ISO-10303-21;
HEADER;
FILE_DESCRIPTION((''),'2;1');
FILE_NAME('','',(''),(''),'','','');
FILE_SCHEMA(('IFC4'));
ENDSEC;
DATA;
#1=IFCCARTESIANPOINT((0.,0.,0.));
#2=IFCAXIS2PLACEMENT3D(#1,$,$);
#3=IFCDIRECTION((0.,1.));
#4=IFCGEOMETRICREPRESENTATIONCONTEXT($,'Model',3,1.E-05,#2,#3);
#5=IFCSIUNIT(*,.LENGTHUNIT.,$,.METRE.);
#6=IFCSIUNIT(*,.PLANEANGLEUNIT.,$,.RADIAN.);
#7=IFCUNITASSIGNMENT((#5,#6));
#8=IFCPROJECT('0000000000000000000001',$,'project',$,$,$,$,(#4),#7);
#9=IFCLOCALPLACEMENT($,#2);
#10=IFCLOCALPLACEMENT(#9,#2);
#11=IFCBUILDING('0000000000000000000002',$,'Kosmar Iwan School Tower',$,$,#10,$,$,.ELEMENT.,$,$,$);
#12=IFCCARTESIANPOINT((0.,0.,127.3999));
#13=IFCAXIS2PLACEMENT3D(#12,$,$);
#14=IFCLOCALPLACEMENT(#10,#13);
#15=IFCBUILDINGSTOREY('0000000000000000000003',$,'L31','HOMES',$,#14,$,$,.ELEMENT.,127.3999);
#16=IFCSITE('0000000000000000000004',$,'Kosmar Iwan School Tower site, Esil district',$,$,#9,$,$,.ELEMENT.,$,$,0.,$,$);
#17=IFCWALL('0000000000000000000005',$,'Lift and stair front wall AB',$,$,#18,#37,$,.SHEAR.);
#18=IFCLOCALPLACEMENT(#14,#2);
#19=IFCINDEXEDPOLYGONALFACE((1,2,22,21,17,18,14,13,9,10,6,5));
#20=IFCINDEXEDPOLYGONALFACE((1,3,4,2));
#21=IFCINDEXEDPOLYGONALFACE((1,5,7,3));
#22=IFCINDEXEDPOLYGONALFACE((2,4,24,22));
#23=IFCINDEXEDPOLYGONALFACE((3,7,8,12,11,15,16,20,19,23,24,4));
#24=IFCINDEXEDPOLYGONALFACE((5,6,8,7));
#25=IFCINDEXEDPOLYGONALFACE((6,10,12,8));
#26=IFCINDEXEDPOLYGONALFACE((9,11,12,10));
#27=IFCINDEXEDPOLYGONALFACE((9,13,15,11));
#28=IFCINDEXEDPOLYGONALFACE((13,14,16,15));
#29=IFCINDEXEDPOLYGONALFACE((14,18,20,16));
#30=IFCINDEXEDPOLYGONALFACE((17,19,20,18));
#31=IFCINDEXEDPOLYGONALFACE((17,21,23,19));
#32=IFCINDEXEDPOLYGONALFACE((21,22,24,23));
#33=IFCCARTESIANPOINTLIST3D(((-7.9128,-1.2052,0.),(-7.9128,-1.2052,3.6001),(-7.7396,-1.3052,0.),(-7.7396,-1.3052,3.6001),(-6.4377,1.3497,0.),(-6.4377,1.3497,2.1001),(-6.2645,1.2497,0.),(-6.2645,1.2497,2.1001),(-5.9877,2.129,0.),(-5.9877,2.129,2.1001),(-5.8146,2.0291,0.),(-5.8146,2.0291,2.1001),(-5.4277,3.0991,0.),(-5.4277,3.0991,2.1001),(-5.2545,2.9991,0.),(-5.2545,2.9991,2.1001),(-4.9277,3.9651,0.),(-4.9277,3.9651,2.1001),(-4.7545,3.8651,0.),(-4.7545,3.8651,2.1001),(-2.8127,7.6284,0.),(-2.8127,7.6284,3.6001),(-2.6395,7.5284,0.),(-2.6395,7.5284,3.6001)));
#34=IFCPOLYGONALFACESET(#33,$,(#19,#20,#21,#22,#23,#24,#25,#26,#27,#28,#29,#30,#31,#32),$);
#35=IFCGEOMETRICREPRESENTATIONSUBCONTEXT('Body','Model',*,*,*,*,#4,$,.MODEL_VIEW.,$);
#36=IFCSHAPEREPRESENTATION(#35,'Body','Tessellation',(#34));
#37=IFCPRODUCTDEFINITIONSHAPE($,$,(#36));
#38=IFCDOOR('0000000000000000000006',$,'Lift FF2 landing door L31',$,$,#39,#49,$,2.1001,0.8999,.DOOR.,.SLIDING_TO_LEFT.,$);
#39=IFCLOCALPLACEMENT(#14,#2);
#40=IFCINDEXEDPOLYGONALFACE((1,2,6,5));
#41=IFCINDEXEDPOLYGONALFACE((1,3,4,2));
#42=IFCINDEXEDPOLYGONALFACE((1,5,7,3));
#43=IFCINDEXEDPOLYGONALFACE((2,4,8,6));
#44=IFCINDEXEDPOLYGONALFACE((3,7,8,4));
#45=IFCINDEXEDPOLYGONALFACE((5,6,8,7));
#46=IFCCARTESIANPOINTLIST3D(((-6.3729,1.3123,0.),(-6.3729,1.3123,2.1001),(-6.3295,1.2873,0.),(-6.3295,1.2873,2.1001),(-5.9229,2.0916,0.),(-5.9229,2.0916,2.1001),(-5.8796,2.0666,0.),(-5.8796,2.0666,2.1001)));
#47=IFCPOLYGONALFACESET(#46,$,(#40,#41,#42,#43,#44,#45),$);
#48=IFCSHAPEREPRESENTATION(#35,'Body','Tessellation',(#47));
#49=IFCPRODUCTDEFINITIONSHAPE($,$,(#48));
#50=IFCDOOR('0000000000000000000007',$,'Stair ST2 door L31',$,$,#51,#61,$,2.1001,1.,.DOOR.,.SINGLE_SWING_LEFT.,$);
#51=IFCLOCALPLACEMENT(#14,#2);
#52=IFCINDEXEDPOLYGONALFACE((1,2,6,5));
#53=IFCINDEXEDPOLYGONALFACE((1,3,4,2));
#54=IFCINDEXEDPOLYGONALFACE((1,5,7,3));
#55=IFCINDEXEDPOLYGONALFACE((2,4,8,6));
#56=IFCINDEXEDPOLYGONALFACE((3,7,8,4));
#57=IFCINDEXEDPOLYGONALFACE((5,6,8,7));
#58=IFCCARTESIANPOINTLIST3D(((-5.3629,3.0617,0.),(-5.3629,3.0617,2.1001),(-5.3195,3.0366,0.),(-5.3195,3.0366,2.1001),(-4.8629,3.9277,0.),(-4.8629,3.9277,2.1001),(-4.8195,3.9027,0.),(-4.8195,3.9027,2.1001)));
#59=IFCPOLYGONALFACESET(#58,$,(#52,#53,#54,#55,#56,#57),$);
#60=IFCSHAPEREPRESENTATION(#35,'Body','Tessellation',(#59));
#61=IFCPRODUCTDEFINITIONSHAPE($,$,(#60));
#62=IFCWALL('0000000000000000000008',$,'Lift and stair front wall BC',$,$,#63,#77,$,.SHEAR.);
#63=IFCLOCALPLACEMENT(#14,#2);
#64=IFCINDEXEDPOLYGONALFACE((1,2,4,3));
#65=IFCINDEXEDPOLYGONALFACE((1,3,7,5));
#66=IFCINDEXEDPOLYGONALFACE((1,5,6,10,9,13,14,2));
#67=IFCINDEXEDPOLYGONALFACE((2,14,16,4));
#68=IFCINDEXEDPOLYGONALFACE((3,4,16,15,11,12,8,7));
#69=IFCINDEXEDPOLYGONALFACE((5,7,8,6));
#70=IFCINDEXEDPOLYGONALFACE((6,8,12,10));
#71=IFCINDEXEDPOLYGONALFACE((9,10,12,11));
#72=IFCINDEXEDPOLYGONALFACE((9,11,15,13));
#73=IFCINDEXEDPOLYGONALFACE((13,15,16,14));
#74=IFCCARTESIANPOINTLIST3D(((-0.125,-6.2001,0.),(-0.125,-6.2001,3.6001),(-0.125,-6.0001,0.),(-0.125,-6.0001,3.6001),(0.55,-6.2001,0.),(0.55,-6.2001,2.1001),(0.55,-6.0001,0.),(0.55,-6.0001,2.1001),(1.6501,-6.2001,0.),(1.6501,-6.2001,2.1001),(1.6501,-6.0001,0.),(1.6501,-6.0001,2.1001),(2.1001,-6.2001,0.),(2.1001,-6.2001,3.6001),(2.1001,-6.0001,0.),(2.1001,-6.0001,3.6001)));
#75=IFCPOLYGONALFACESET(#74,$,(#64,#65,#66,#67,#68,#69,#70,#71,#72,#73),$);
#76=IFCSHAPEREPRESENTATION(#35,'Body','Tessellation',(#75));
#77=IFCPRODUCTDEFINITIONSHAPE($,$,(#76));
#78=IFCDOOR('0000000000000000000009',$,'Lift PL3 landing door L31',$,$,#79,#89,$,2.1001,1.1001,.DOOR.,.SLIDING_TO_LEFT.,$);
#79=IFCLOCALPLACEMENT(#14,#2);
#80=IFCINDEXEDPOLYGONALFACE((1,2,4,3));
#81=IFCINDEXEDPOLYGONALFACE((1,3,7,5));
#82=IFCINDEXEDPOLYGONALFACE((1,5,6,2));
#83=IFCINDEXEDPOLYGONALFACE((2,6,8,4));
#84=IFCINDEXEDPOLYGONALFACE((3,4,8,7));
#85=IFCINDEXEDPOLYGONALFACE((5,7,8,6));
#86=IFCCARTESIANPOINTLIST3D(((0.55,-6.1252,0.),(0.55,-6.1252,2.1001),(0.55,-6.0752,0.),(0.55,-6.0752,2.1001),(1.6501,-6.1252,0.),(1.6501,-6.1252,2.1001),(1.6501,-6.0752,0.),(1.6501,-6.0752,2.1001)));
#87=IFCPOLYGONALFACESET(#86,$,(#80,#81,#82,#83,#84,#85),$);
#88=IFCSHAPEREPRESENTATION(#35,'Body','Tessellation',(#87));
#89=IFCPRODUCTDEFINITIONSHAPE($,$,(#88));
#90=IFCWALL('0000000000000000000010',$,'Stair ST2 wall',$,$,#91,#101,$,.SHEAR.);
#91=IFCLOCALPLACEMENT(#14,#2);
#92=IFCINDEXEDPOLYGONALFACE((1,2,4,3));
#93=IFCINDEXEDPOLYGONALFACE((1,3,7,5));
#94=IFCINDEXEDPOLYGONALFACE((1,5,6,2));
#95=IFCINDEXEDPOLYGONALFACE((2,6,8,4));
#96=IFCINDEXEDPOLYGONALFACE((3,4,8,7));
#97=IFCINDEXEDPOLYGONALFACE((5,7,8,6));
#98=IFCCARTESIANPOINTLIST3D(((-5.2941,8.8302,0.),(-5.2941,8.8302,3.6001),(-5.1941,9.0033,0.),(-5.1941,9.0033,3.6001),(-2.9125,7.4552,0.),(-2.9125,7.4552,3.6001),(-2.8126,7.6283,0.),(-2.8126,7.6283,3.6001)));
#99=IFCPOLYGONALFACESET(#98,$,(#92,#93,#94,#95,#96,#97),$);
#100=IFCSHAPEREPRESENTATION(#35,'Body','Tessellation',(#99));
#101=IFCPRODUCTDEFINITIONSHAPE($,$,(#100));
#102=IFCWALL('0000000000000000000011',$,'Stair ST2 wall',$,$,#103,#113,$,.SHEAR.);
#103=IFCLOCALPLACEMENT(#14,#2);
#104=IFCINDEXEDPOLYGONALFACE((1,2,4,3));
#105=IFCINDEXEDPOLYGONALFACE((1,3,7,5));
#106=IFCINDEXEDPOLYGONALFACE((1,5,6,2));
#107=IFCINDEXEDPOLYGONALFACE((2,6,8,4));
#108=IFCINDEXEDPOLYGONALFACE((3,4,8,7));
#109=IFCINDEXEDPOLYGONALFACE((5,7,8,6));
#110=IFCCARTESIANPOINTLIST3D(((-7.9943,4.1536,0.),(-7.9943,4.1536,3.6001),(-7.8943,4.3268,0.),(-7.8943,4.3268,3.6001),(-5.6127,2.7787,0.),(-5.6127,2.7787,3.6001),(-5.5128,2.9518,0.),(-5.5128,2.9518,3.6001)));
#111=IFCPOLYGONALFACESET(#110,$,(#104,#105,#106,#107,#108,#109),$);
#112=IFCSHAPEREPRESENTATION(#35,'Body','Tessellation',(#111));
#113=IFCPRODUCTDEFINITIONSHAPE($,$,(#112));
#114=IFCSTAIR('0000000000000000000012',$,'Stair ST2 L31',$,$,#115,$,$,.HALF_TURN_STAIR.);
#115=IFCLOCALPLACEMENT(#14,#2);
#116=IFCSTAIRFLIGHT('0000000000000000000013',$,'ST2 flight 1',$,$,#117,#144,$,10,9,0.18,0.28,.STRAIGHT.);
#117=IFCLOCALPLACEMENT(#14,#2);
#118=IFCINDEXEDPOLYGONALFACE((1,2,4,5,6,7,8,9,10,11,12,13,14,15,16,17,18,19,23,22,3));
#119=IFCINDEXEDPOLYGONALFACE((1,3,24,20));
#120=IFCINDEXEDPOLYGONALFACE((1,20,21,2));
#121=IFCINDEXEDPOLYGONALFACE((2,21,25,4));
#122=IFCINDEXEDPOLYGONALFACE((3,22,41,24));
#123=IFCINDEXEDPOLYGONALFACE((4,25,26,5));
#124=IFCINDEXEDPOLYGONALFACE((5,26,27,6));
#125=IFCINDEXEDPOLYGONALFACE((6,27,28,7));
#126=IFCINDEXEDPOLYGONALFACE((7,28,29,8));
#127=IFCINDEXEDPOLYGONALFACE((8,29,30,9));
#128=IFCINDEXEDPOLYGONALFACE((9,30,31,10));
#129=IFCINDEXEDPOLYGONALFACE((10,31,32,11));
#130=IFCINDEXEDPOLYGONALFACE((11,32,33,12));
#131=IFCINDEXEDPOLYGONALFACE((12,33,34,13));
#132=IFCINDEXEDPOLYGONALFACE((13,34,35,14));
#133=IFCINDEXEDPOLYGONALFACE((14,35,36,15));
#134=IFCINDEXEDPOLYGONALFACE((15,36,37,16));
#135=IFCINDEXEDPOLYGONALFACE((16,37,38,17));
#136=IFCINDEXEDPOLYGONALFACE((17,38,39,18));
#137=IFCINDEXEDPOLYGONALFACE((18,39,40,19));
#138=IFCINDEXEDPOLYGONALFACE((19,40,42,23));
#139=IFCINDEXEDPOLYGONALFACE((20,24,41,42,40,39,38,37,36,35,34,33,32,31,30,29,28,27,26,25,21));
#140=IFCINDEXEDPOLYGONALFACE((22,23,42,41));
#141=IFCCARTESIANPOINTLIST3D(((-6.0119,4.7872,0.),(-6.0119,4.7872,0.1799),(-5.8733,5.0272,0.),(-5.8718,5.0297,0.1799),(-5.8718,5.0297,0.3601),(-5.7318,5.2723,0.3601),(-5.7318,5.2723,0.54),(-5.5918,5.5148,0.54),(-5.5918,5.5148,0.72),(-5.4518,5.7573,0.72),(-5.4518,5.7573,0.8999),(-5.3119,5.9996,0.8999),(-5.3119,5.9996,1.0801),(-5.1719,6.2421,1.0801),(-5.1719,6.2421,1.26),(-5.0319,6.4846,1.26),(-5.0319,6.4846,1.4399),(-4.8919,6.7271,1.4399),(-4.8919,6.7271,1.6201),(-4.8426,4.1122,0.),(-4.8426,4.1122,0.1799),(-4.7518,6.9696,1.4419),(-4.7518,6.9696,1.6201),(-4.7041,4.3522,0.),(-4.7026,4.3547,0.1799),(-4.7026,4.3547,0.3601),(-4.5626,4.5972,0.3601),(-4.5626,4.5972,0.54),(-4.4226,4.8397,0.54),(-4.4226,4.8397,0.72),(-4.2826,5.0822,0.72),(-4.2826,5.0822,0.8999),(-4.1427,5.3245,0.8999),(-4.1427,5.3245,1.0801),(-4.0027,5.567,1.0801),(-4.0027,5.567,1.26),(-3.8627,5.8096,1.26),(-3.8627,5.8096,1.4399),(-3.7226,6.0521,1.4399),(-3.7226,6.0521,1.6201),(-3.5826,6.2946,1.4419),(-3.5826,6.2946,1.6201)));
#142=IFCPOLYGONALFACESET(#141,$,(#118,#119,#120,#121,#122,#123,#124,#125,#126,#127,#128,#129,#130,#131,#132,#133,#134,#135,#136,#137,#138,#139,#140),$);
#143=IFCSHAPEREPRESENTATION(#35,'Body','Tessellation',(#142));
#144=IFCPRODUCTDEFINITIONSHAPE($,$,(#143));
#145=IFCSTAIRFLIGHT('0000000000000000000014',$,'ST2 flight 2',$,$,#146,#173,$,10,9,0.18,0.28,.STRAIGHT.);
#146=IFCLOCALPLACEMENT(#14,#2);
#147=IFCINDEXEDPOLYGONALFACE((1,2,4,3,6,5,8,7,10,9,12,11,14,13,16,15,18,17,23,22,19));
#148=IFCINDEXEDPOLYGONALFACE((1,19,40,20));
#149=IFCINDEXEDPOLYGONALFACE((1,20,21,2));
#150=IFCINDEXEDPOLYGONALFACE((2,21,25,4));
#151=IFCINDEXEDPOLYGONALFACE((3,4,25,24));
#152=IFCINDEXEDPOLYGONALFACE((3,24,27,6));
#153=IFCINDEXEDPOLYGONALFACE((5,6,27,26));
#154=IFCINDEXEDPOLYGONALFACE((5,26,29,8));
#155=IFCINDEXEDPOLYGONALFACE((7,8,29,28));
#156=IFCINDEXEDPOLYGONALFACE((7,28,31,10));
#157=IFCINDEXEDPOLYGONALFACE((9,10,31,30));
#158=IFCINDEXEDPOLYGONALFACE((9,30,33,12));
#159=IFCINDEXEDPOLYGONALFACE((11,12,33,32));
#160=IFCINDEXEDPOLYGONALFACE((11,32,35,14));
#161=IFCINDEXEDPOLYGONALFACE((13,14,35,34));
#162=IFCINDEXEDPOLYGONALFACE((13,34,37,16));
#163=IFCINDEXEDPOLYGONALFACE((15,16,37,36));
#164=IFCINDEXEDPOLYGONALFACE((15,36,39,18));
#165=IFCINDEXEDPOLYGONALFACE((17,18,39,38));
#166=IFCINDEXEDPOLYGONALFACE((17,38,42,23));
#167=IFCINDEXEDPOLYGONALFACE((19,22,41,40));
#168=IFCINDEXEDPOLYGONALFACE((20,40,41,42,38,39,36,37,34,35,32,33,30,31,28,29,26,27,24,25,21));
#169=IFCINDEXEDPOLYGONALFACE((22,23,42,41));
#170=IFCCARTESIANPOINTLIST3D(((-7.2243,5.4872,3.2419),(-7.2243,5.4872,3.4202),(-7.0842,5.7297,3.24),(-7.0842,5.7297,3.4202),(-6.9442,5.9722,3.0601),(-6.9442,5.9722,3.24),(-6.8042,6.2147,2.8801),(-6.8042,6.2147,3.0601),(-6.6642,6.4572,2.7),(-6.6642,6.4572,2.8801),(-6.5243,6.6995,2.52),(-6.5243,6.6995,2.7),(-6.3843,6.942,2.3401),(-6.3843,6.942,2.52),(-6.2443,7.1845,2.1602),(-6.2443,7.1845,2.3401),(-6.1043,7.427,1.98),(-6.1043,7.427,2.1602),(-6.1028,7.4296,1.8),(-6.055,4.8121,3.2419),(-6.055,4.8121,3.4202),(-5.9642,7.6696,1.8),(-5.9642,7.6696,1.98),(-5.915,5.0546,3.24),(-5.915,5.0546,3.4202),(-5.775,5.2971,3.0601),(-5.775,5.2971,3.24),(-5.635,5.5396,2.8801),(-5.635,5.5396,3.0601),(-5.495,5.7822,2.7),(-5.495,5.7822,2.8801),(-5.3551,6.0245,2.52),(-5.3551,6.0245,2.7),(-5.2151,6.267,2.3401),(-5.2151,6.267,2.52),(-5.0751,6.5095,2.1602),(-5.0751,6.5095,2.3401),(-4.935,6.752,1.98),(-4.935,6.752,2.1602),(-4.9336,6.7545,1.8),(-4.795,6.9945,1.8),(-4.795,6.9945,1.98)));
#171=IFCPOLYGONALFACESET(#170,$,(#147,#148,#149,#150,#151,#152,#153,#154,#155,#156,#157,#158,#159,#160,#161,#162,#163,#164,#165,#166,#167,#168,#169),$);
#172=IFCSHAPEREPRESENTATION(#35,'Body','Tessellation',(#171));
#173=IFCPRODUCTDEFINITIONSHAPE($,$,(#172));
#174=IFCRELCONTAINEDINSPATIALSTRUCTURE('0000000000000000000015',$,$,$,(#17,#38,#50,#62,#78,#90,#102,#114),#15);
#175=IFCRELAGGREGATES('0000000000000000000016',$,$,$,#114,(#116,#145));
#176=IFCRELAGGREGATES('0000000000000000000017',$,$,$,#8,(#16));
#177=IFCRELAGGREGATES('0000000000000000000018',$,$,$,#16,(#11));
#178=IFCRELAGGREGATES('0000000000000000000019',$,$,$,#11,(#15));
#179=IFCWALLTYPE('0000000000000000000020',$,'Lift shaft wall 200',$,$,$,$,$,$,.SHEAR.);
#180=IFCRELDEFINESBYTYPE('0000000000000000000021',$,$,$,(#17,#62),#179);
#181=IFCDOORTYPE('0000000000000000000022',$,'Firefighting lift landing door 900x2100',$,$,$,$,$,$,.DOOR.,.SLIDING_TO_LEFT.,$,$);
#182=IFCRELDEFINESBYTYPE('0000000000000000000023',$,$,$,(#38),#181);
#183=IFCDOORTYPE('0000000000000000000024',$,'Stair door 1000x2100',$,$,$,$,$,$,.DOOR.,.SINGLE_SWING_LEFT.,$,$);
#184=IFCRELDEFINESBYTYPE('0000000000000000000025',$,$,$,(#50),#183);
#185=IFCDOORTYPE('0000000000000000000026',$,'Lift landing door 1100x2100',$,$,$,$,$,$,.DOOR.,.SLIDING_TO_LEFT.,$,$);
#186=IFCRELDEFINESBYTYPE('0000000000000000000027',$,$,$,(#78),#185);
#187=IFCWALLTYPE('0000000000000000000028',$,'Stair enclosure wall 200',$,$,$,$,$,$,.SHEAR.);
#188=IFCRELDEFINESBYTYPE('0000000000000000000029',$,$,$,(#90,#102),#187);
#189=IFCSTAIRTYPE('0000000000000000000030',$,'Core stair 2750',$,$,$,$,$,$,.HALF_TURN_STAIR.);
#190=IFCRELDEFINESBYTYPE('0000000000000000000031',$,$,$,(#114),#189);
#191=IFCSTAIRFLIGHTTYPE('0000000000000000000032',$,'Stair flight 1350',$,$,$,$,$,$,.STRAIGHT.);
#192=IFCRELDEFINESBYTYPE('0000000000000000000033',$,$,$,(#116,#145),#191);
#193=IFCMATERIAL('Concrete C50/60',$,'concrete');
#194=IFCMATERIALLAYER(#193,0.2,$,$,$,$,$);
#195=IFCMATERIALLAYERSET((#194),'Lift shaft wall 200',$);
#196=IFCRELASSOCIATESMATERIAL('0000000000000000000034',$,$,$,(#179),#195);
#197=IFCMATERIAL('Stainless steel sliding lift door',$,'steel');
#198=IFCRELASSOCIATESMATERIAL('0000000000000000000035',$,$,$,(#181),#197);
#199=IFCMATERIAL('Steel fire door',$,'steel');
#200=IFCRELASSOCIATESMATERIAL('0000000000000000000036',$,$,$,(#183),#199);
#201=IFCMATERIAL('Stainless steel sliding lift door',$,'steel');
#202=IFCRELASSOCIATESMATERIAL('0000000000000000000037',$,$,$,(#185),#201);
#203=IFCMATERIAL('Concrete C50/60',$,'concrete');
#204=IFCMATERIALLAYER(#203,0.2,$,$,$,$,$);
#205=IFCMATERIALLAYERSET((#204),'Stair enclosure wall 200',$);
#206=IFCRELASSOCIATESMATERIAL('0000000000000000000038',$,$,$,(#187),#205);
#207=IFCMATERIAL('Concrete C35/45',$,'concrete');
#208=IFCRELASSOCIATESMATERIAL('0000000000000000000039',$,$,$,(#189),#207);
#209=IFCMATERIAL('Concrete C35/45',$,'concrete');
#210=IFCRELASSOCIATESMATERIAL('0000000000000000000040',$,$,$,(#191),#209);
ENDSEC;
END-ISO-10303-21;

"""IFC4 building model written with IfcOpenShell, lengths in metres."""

from ifc_helpers import new_model, si_unit, direction, frame, frame_2d, origin, place, context, subcontext, project, spatial, polyline, rectangle, outline, extrude, material, layer, layer_set, type_object, element, fill, aggregate, save


model = new_model("IFC4")

# Units and contexts
model_context = context("Model", 3, precision=1e-05, world=origin(), true_north=direction((0.0, 1.0)))
body_context = subcontext(model_context, "Body", "Model", "MODEL_VIEW")
ifc_project = project(units=[si_unit("LENGTHUNIT", "METRE"), si_unit("PLANEANGLEUNIT", "RADIAN")], contexts=[model_context])

# Site, building, storey
site_placement = place(None, origin())
site = spatial("IfcSite", under=ifc_project, at=site_placement, Name="Kosmar Iwan School Tower site, Esil district", CompositionType="ELEMENT", RefElevation=0.0)
building_placement = place(site_placement, origin())
building = spatial("IfcBuilding", under=site, at=building_placement, Name="Kosmar Iwan School Tower", CompositionType="ELEMENT")
storey_placement = place(building_placement, frame((0.0, 0.0, 127.3999)))
storey = spatial("IfcBuildingStorey", under=building, at=storey_placement, Name="L31", Description="HOMES", CompositionType="ELEMENT", Elevation=127.3999)

# Wall, openings, doors
ifc_material_1 = material(Name="Concrete C50/60", Category="concrete")
ifc_layer_1 = layer(ifc_material_1, 0.2)
ifc_layer_set_1 = layer_set([ifc_layer_1], Name="Lift shaft wall 200")
wall_type_1 = type_object("IfcWallType", Name="Lift shaft wall 200", PredefinedType="SHEAR", material=ifc_layer_set_1)
wall_1_placement = place(storey_placement, frame((-2.7261, 7.5784, 0.0), z_axis=(0.0, 0.0, 1.0), x_axis=(-0.500006, -0.866022, 0.0)))
wall_1 = element("IfcWall", 1, at=wall_1_placement, inside=storey, type_object=wall_type_1, Name="Lift and stair front wall AB", PredefinedType="SHEAR", context=body_context, shape_type="SweptSolid", body=[
    extrude(rectangle(XDim=10.2002, YDim=0.2, at=frame_2d((5.1001, 0.0))), origin(), (0.0, 0.0, 1.0), 3.6001),
])
opening_1_placement = place(wall_1_placement, frame((6.3501, 0.0, 0.0)))
opening_1 = element("IfcOpeningElement", 2, at=opening_1_placement, cuts=wall_1, PredefinedType="OPENING", context=body_context, shape_type="SweptSolid", body=[
    extrude(rectangle(XDim=0.8999, YDim=2.1001, at=frame_2d((0.45, 1.05))), frame((0.0, 0.1121, 0.0), z_axis=(0.0, -1.0, 0.0), x_axis=(1.0, 0.0, 0.0)), (0.0, 0.0, 1.0), 0.2239),
])
opening_2_placement = place(wall_1_placement, frame((4.23, 0.0, 0.0)))
opening_2 = element("IfcOpeningElement", 3, at=opening_2_placement, cuts=wall_1, PredefinedType="OPENING", context=body_context, shape_type="SweptSolid", body=[
    extrude(rectangle(XDim=1.0, YDim=2.1001, at=frame_2d((0.5, 1.05))), frame((0.0, 0.1121, 0.0), z_axis=(0.0, -1.0, 0.0), x_axis=(1.0, 0.0, 0.0)), (0.0, 0.0, 1.0), 0.2239),
])
ifc_material_2 = material(Name="Stainless steel sliding lift door", Category="steel")
door_type_1 = type_object("IfcDoorType", Name="Firefighting lift landing door 900x2100", OperationType="SLIDING_TO_LEFT", PredefinedType="DOOR", material=ifc_material_2)
door_1_placement = place(opening_1_placement, origin())
door_1 = element("IfcDoor", 4, at=door_1_placement, inside=storey, type_object=door_type_1, Name="Lift FF2 landing door L31", OperationType="SLIDING_TO_LEFT", OverallHeight=2.1001, OverallWidth=0.8999, PredefinedType="DOOR", context=body_context, shape_type="SweptSolid", body=[
    extrude(rectangle(XDim=0.8999, YDim=2.1001, at=frame_2d((0.45, 1.05))), frame((0.0, 0.0249, 0.0), z_axis=(0.0, -1.0, 0.0), x_axis=(1.0, 0.0, 0.0)), (0.0, 0.0, 1.0), 0.05),
])
fill(opening_1, door_1)
ifc_material_3 = material(Name="Steel fire door", Category="steel")
door_type_2 = type_object("IfcDoorType", Name="Stair door 1000x2100", OperationType="SINGLE_SWING_LEFT", PredefinedType="DOOR", material=ifc_material_3)
door_2_placement = place(opening_2_placement, origin())
door_2 = element("IfcDoor", 5, at=door_2_placement, inside=storey, type_object=door_type_2, Name="Stair ST2 door L31", OperationType="SINGLE_SWING_LEFT", OverallHeight=2.1001, OverallWidth=1.0, PredefinedType="DOOR", context=body_context, shape_type="SweptSolid", body=[
    extrude(rectangle(XDim=1.0, YDim=2.1001, at=frame_2d((0.5, 1.05))), frame((0.0, 0.0249, 0.0), z_axis=(0.0, -1.0, 0.0), x_axis=(1.0, 0.0, 0.0)), (0.0, 0.0, 1.0), 0.05),
])
fill(opening_2, door_2)

# Wall, opening, door
wall_2_placement = place(storey_placement, frame((-0.125, -6.1001, 0.0), z_axis=(0.0, 0.0, 1.0), x_axis=(1.0, 0.0, 0.0)))
wall_2 = element("IfcWall", 6, at=wall_2_placement, inside=storey, type_object=wall_type_1, Name="Lift and stair front wall BC", PredefinedType="SHEAR", context=body_context, shape_type="SweptSolid", body=[
    extrude(rectangle(XDim=2.2251, YDim=0.2, at=frame_2d((1.1125, 0.0))), origin(), (0.0, 0.0, 1.0), 3.6001),
])
opening_3_placement = place(wall_2_placement, frame((0.675, 0.0, 0.0)))
opening_3 = element("IfcOpeningElement", 7, at=opening_3_placement, cuts=wall_2, PredefinedType="OPENING", context=body_context, shape_type="SweptSolid", body=[
    extrude(rectangle(XDim=1.1001, YDim=2.1001, at=frame_2d((0.55, 1.05))), frame((0.0, 0.1121, 0.0), z_axis=(0.0, -1.0, 0.0), x_axis=(1.0, 0.0, 0.0)), (0.0, 0.0, 1.0), 0.2239),
])
ifc_material_4 = material(Name="Stainless steel sliding lift door", Category="steel")
door_type_3 = type_object("IfcDoorType", Name="Lift landing door 1100x2100", OperationType="SLIDING_TO_LEFT", PredefinedType="DOOR", material=ifc_material_4)
door_3_placement = place(opening_3_placement, origin())
door_3 = element("IfcDoor", 8, at=door_3_placement, inside=storey, type_object=door_type_3, Name="Lift PL3 landing door L31", OperationType="SLIDING_TO_LEFT", OverallHeight=2.1001, OverallWidth=1.1001, PredefinedType="DOOR", context=body_context, shape_type="SweptSolid", body=[
    extrude(rectangle(XDim=1.1001, YDim=2.1001, at=frame_2d((0.55, 1.05))), frame((0.0, 0.0249, 0.0), z_axis=(0.0, -1.0, 0.0), x_axis=(1.0, 0.0, 0.0)), (0.0, 0.0, 1.0), 0.05),
])
fill(opening_3, door_3)

# Walls
ifc_material_5 = material(Name="Concrete C50/60", Category="concrete")
ifc_layer_2 = layer(ifc_material_5, 0.2)
ifc_layer_set_2 = layer_set([ifc_layer_2], Name="Stair enclosure wall 200")
wall_type_2 = type_object("IfcWallType", Name="Stair enclosure wall 200", PredefinedType="SHEAR", material=ifc_layer_set_2)
for number, where, z_axis, x_axis, name in (
    (9, (-2.8625, 7.5417, 0.0), (0.0, 0.0, 1.0), (-0.866027, 0.499997, 0.0), "Stair ST2 wall"),
    (10, (-5.5627, 2.8652, 0.0), (0.0, 0.0, 1.0), (-0.866027, 0.499997, 0.0), "Stair ST2 wall"),
):
    element("IfcWall", number, at=place(storey_placement, frame(where, z_axis=z_axis, x_axis=x_axis)), inside=storey, type_object=wall_type_2, Name=name, PredefinedType="SHEAR", context=body_context, shape_type="SweptSolid", body=[
        extrude(rectangle(XDim=2.75, YDim=0.2, at=frame_2d((1.375, 0.0))), origin(), (0.0, 0.0, 1.0), 3.6001),
    ])

# Stair, stair flights
ifc_material_6 = material(Name="Concrete C35/45", Category="concrete")
stair_type = type_object("IfcStairType", Name="Core stair 2750", PredefinedType="HALF_TURN_STAIR", material=ifc_material_6)
stair_placement = place(storey_placement, origin())
stair = element("IfcStair", 11, at=stair_placement, inside=storey, type_object=stair_type, Name="Stair ST2 L31", PredefinedType="HALF_TURN_STAIR")
ifc_material_7 = material(Name="Concrete C35/45", Category="concrete")
stair_flight_type = type_object("IfcStairFlightType", Name="Stair flight 1350", PredefinedType="STRAIGHT", material=ifc_material_7)
stair_flight_1_placement = place(storey_placement, frame((-5.4272, 4.4497, 0.0), z_axis=(0.0, 0.0, 1.0), x_axis=(0.5, 0.866025, 0.0)))
stair_flight_1 = element("IfcStairFlight", 12, at=stair_flight_1_placement, type_object=stair_flight_type, Name="ST2 flight 1", NumberOfRisers=10, NumberOfTreads=9, PredefinedType="STRAIGHT", RiserHeight=0.18, TreadLength=0.28, context=body_context, shape_type="SweptSolid", body=[
    extrude(outline(polyline([(0.0, 0.0), (0.0, 0.1799), (0.28, 0.1799), (0.28, 0.3601), (0.5601, 0.3601), (0.5601, 0.54), (0.8401, 0.54), (0.8401, 0.72), (1.1201, 0.72), (1.1201, 0.8999), (1.3999, 0.8999), (1.3999, 1.0801), (1.6799, 1.0801), (1.6799, 1.26), (1.96, 1.26), (1.96, 1.4399), (2.24, 1.4399), (2.24, 1.6201), (2.52, 1.6201), (2.52, 1.8), (2.52, 1.4419), (0.2771, 0.0), (0.0, 0.0)])), frame((0.0, 0.675, 0.0), z_axis=(0.0, -1.0, 0.0), x_axis=(1.0, 0.0, 0.0)), (0.0, 0.0, 1.0), 1.3501),
])
stair_flight_2_placement = place(storey_placement, frame((-5.3796, 7.332, 1.8), z_axis=(0.0, 0.0, 1.0), x_axis=(-0.5, -0.866025, 0.0)))
stair_flight_2 = element("IfcStairFlight", 13, at=stair_flight_2_placement, type_object=stair_flight_type, Name="ST2 flight 2", NumberOfRisers=10, NumberOfTreads=9, PredefinedType="STRAIGHT", RiserHeight=0.18, TreadLength=0.28, context=body_context, shape_type="SweptSolid", body=[
    extrude(outline(polyline([(0.0, 0.0), (0.0, 0.1799), (0.28, 0.1799), (0.28, 0.3601), (0.5601, 0.3601), (0.5601, 0.54), (0.8401, 0.54), (0.8401, 0.72), (1.1201, 0.72), (1.1201, 0.8999), (1.3999, 0.8999), (1.3999, 1.0801), (1.6799, 1.0801), (1.6799, 1.26), (1.96, 1.26), (1.96, 1.4399), (2.24, 1.4399), (2.24, 1.6201), (2.52, 1.6201), (2.52, 1.8), (2.52, 1.4419), (0.2771, 0.0), (0.0, 0.0)])), frame((0.0, 0.675, 0.0), z_axis=(0.0, -1.0, 0.0), x_axis=(1.0, 0.0, 0.0)), (0.0, 0.0, 1.0), 1.3501),
])
aggregate(stair, [stair_flight_1, stair_flight_2])

save(model, "model.ifc")
